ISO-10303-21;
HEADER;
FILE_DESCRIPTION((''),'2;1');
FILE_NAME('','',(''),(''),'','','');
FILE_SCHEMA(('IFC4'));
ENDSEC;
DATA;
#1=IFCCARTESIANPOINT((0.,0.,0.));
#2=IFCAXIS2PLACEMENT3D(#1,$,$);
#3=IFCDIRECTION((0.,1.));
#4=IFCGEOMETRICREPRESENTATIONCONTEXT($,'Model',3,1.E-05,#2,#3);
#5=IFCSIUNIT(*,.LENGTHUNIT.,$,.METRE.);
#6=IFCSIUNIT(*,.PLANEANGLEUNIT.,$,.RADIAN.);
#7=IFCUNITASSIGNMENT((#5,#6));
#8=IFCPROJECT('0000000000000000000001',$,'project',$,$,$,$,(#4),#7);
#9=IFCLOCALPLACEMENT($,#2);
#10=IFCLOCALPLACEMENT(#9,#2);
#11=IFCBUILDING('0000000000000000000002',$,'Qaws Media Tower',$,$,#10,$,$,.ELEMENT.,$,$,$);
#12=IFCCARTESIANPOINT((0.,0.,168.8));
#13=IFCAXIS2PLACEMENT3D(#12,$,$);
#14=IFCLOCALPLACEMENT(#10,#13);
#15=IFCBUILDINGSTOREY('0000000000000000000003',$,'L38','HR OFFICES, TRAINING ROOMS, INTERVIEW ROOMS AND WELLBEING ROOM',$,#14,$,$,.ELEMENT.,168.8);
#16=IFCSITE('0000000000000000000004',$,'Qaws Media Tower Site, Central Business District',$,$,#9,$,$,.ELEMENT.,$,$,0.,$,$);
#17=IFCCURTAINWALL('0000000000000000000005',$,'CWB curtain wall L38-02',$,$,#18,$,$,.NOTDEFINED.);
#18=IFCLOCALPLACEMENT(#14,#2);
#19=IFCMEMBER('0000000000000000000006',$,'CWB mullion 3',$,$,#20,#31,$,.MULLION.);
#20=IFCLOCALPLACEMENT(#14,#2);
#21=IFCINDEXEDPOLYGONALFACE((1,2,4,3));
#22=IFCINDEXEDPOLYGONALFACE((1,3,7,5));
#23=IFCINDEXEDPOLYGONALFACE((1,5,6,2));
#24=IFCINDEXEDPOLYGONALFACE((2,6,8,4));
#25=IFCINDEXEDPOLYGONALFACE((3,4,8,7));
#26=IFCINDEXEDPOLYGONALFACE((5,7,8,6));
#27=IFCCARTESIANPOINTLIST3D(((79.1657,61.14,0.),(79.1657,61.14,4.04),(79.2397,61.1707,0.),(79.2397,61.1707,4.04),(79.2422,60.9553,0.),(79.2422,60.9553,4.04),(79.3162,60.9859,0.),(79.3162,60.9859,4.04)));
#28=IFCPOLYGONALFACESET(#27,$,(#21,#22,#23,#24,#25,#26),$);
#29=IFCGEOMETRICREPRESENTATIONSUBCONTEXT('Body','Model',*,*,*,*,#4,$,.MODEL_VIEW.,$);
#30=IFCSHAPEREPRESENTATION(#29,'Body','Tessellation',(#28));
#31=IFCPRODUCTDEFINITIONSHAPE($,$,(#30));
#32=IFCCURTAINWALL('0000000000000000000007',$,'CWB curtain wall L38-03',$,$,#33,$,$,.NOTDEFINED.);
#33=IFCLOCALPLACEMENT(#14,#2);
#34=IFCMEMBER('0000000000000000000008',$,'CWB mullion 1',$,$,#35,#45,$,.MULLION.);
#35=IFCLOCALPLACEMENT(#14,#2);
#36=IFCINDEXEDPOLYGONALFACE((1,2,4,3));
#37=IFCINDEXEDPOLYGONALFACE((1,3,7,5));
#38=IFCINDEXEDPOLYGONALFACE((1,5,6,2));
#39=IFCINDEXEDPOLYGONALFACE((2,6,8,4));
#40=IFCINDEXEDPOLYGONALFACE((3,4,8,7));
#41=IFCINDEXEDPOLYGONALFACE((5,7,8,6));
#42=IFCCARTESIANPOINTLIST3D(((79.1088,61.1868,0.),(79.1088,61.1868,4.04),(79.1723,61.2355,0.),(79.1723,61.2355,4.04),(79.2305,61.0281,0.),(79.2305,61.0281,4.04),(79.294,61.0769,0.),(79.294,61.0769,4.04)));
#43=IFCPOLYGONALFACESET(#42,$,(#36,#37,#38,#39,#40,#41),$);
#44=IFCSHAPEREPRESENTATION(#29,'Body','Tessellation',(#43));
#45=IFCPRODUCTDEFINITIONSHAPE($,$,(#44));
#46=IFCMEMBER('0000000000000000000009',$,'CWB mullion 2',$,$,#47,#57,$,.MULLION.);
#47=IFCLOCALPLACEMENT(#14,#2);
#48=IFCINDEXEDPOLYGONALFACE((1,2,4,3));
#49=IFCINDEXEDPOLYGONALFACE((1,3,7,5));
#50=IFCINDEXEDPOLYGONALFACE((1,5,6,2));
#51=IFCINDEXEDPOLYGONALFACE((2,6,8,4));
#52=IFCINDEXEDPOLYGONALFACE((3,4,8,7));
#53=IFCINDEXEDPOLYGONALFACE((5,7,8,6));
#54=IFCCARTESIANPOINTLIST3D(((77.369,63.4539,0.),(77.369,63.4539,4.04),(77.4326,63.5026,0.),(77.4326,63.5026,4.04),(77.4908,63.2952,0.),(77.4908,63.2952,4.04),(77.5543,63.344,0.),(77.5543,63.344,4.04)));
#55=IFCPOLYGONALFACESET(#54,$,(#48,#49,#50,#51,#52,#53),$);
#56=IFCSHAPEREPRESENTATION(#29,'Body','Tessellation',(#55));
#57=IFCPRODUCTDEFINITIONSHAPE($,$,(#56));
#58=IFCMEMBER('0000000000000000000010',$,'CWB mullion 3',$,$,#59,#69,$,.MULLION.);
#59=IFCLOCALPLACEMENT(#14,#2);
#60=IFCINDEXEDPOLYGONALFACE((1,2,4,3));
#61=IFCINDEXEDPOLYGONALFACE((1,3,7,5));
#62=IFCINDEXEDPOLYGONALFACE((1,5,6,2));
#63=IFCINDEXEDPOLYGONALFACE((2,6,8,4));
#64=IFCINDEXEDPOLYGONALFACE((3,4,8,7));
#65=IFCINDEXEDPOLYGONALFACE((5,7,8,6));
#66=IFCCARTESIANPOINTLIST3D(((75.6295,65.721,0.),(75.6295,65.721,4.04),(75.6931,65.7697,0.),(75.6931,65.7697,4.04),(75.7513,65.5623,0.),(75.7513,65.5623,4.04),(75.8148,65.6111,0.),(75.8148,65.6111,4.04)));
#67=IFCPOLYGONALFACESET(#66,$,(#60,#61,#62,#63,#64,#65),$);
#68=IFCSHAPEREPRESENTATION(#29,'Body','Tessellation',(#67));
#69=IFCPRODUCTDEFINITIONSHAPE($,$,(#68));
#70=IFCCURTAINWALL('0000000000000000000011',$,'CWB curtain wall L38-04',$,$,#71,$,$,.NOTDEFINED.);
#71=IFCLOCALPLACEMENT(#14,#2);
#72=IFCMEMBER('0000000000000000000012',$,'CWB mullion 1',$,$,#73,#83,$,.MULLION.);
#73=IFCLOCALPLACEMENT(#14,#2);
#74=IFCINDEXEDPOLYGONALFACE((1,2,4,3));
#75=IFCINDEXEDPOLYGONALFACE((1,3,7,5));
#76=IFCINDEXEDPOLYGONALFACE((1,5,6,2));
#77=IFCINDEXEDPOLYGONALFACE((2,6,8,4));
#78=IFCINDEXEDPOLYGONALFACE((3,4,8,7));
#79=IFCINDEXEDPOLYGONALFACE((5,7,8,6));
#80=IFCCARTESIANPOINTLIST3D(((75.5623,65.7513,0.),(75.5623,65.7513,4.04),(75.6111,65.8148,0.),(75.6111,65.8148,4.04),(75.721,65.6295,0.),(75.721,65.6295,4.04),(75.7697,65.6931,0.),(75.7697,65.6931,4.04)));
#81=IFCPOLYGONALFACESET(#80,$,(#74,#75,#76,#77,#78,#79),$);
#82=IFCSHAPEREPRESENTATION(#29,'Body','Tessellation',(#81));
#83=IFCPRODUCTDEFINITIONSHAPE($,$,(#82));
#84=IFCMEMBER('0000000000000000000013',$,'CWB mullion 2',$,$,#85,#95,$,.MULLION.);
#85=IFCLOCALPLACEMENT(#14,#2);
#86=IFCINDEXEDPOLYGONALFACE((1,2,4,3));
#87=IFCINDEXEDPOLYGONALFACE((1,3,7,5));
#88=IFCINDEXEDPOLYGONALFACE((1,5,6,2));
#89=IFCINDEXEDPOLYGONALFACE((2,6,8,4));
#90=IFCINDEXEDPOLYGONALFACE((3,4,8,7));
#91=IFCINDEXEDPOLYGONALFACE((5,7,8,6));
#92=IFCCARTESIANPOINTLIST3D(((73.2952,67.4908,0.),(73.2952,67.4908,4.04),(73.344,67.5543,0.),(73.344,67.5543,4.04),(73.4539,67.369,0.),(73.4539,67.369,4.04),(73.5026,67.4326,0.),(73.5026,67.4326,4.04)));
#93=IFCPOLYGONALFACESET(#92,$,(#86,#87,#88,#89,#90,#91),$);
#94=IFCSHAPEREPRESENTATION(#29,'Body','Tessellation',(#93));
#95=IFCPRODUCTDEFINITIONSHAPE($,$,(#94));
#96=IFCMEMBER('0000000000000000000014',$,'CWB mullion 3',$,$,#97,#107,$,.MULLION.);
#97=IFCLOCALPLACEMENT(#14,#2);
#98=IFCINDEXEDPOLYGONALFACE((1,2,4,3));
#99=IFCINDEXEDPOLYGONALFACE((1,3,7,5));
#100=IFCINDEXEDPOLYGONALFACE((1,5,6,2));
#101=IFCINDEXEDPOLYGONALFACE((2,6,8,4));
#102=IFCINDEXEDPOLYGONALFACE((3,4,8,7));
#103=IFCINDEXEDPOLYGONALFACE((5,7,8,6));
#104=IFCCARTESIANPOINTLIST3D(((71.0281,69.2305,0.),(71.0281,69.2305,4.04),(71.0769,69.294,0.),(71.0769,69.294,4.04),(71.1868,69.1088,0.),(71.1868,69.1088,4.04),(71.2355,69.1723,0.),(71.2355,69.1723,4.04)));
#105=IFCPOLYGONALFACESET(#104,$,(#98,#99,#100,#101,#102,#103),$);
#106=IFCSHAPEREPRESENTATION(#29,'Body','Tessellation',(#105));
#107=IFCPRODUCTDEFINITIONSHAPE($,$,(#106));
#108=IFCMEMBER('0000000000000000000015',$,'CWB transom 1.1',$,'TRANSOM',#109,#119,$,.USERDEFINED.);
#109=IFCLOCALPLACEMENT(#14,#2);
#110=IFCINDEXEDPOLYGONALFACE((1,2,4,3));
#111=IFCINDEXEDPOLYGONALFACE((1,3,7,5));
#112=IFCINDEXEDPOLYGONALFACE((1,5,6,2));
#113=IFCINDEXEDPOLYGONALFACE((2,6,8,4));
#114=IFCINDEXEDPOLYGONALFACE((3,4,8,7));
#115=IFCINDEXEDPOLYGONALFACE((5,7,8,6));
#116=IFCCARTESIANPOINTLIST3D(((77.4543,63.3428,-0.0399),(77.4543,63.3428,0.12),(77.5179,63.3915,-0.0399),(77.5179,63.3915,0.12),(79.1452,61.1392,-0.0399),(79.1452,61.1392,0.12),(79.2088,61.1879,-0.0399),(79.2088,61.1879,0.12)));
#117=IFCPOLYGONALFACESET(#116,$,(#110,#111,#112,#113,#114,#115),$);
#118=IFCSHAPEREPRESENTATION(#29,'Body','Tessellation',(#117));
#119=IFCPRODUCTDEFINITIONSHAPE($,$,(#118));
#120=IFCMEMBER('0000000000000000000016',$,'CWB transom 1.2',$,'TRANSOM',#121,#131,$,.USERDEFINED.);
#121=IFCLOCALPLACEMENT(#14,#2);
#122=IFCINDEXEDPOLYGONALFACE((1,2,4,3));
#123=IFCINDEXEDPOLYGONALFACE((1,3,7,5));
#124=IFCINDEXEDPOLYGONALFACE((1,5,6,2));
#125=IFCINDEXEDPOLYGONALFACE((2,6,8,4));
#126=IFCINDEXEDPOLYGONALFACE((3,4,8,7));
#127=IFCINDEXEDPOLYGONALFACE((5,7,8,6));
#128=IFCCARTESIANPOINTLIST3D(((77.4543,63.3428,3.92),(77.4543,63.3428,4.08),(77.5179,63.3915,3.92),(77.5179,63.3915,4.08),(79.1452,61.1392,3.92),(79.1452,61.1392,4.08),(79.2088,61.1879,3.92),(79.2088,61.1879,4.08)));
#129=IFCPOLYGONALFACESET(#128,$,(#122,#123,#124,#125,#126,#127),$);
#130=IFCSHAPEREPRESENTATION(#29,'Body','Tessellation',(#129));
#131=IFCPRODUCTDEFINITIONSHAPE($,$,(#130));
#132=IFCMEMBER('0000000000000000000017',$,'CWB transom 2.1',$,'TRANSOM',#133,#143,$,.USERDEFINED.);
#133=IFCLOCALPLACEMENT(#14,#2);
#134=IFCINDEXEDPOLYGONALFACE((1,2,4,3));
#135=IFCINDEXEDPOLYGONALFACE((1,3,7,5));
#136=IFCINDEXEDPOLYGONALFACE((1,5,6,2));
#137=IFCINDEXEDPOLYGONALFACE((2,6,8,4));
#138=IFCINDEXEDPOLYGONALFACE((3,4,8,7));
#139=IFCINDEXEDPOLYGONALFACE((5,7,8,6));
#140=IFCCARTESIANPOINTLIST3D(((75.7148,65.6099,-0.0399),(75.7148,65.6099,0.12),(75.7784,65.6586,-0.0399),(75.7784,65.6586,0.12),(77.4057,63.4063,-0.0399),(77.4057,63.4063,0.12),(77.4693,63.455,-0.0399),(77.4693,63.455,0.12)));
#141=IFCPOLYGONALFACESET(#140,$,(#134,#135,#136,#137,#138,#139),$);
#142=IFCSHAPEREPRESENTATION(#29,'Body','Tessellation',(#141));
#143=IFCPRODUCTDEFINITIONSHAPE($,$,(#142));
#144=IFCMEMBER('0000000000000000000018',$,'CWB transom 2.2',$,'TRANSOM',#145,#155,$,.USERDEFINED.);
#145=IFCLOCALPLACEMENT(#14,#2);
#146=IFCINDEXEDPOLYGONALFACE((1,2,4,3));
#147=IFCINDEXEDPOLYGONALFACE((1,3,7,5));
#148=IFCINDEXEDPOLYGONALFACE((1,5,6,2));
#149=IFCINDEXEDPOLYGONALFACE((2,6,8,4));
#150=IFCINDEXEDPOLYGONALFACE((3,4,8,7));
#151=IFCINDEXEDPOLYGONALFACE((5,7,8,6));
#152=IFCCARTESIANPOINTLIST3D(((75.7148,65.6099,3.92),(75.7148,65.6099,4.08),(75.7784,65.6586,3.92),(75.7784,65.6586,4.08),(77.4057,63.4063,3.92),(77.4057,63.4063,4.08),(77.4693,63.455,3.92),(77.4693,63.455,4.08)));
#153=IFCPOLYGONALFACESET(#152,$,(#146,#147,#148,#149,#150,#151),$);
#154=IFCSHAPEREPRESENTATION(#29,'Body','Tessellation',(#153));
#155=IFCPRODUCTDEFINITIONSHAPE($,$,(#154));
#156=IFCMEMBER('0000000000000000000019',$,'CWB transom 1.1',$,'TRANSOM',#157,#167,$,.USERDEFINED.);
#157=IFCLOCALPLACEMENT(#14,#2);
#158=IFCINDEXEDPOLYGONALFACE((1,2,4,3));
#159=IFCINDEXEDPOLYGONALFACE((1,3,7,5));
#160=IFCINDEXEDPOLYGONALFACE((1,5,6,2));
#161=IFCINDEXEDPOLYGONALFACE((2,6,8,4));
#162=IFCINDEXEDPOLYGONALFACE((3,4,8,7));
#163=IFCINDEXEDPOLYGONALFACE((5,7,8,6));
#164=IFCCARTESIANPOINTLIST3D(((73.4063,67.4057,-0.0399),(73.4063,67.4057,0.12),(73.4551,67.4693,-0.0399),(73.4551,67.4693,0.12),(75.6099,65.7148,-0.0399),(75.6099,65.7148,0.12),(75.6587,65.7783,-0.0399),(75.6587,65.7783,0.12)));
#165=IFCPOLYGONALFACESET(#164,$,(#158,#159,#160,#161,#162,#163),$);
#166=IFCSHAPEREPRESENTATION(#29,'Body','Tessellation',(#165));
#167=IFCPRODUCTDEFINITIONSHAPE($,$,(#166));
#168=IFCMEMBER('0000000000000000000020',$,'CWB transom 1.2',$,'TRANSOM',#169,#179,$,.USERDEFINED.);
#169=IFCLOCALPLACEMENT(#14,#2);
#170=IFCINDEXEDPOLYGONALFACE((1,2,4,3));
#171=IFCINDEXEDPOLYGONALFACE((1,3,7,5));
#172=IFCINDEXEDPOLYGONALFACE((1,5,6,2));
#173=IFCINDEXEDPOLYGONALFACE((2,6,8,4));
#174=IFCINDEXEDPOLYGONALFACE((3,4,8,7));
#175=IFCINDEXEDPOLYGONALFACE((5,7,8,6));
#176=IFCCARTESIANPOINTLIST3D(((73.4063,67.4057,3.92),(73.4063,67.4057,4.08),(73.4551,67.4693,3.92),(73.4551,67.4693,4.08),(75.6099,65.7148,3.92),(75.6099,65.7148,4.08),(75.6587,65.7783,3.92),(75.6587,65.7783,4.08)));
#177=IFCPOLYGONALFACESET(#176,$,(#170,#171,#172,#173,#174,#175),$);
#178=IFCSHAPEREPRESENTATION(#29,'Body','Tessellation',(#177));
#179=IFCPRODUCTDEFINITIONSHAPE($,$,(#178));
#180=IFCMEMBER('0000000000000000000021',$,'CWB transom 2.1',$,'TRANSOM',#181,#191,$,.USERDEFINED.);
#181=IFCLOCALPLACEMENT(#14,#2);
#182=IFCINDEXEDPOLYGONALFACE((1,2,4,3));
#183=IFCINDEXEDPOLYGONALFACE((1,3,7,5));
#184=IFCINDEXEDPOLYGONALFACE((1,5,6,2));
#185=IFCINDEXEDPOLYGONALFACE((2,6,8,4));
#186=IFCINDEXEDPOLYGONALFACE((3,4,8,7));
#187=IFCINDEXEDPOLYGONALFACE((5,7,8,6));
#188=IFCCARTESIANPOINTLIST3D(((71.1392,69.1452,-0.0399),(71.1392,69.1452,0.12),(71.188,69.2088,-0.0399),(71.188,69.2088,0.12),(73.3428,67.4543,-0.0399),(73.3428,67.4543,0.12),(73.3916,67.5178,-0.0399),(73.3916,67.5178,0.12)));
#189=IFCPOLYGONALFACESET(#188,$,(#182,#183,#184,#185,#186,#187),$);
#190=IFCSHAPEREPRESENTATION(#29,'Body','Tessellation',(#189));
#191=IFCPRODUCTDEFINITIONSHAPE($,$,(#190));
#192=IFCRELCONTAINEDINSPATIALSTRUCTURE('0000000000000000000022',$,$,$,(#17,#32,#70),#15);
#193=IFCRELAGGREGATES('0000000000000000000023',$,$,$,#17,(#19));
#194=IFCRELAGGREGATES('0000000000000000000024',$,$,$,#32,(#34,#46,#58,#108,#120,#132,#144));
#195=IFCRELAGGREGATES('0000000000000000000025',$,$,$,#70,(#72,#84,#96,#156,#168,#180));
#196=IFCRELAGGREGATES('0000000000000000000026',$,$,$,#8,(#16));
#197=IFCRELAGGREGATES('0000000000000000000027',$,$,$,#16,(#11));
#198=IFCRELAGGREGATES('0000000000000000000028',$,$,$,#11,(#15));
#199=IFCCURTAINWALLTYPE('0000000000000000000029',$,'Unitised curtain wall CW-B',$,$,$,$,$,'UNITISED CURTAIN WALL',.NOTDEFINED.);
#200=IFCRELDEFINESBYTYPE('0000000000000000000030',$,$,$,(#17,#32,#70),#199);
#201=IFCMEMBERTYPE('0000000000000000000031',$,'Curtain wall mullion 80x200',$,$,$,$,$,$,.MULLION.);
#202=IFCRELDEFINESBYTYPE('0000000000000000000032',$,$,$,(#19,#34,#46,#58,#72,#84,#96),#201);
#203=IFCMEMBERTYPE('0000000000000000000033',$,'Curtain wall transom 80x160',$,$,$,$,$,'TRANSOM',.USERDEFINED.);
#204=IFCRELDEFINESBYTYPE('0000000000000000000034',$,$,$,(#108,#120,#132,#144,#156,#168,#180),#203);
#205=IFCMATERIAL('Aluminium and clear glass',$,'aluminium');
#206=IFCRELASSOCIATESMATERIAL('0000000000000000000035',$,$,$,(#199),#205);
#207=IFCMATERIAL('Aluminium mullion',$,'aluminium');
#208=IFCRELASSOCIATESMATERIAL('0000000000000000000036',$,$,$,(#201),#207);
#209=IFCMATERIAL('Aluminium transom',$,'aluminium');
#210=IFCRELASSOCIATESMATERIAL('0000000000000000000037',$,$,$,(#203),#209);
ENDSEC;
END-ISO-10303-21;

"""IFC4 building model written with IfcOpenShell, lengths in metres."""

from ifc_helpers import new_model, si_unit, direction, frame, origin, origin_2d, place, context, subcontext, project, spatial, rectangle, extrude, material, material_profile, profile_set, type_object, element, aggregate, save


model = new_model("IFC4")

# Units and contexts
model_context = context("Model", 3, precision=1e-05, world=origin(), true_north=direction((0.0, 1.0)))
body_context = subcontext(model_context, "Body", "Model", "MODEL_VIEW")
ifc_project = project(units=[si_unit("LENGTHUNIT", "METRE"), si_unit("PLANEANGLEUNIT", "RADIAN")], contexts=[model_context])

# Site, building, storey
site_placement = place(None, origin())
site = spatial("IfcSite", under=ifc_project, at=site_placement, Name="Qaws Media Tower Site, Central Business District", CompositionType="ELEMENT", RefElevation=0.0)
building_placement = place(site_placement, origin())
building = spatial("IfcBuilding", under=site, at=building_placement, Name="Qaws Media Tower", CompositionType="ELEMENT")
storey_placement = place(building_placement, frame((0.0, 0.0, 168.8)))
storey = spatial("IfcBuildingStorey", under=building, at=storey_placement, Name="L38", Description="HR OFFICES, TRAINING ROOMS, INTERVIEW ROOMS AND WELLBEING ROOM", CompositionType="ELEMENT", Elevation=168.8)

# Curtain wall, member
ifc_material_1 = material(Name="Aluminium and clear glass", Category="aluminium")
curtain_wall_type = type_object("IfcCurtainWallType", Name="Unitised curtain wall CW-B", ElementType="UNITISED CURTAIN WALL", PredefinedType="NOTDEFINED", material=ifc_material_1)
curtain_wall_1_placement = place(storey_placement, origin())
curtain_wall_1 = element("IfcCurtainWall", 1, at=curtain_wall_1_placement, inside=storey, type_object=curtain_wall_type, Name="CWB curtain wall L38-02", PredefinedType="NOTDEFINED")
ifc_material_2 = material(Name="Aluminium mullion", Category="aluminium")
ifc_material_profile_1 = material_profile(ifc_material_2, rectangle(XDim=0.0801, YDim=0.2, at=origin_2d()), Name="80x200")
ifc_profile_set_1 = profile_set([ifc_material_profile_1], Name="Aluminium mullion")
member_type_1 = type_object("IfcMemberType", Name="Curtain wall mullion 80x200", PredefinedType="MULLION", material=ifc_profile_set_1)
member_1_placement = place(storey_placement, frame((79.241, 61.063, 0.0), z_axis=(0.0, 0.0, 1.0), x_axis=(-0.92388, -0.382683, 0.0)))
member_1 = element("IfcMember", 2, at=member_1_placement, type_object=member_type_1, Name="CWB mullion 3", PredefinedType="MULLION", context=body_context, shape_type="SweptSolid", body=[
    extrude(rectangle(XDim=0.0801, YDim=0.2, at=origin_2d()), origin(), (0.0, 0.0, 1.0), 4.04),
])

# Curtain walls, members
curtain_wall_2_placement = place(storey_placement, origin())
curtain_wall_2 = element("IfcCurtainWall", 3, at=curtain_wall_2_placement, inside=storey, type_object=curtain_wall_type, Name="CWB curtain wall L38-03", PredefinedType="NOTDEFINED")
member_2_placement = place(storey_placement, frame((79.2014, 61.1318, 0.0), z_axis=(0.0, 0.0, 1.0), x_axis=(-0.793353, -0.608761, 0.0)))
member_2 = element("IfcMember", 4, at=member_2_placement, type_object=member_type_1, Name="CWB mullion 1", PredefinedType="MULLION", context=body_context, shape_type="SweptSolid", body=[
    extrude(rectangle(XDim=0.0801, YDim=0.2, at=origin_2d()), origin(), (0.0, 0.0, 1.0), 4.04),
])
member_3_placement = place(storey_placement, frame((77.4617, 63.3989, 0.0), z_axis=(0.0, 0.0, 1.0), x_axis=(-0.793353, -0.608761, 0.0)))
member_3 = element("IfcMember", 5, at=member_3_placement, type_object=member_type_1, Name="CWB mullion 2", PredefinedType="MULLION", context=body_context, shape_type="SweptSolid", body=[
    extrude(rectangle(XDim=0.0801, YDim=0.2, at=origin_2d()), origin(), (0.0, 0.0, 1.0), 4.04),
])
member_4_placement = place(storey_placement, frame((75.7222, 65.666, 0.0), z_axis=(0.0, 0.0, 1.0), x_axis=(-0.793353, -0.608761, 0.0)))
member_4 = element("IfcMember", 6, at=member_4_placement, type_object=member_type_1, Name="CWB mullion 3", PredefinedType="MULLION", context=body_context, shape_type="SweptSolid", body=[
    extrude(rectangle(XDim=0.0801, YDim=0.2, at=origin_2d()), origin(), (0.0, 0.0, 1.0), 4.04),
])
curtain_wall_3_placement = place(storey_placement, origin())
curtain_wall_3 = element("IfcCurtainWall", 7, at=curtain_wall_3_placement, inside=storey, type_object=curtain_wall_type, Name="CWB curtain wall L38-04", PredefinedType="NOTDEFINED")
member_5_placement = place(storey_placement, frame((75.666, 65.7222, 0.0), z_axis=(0.0, 0.0, 1.0), x_axis=(-0.608761, -0.793353, 0.0)))
member_5 = element("IfcMember", 8, at=member_5_placement, type_object=member_type_1, Name="CWB mullion 1", PredefinedType="MULLION", context=body_context, shape_type="SweptSolid", body=[
    extrude(rectangle(XDim=0.0801, YDim=0.2, at=origin_2d()), origin(), (0.0, 0.0, 1.0), 4.04),
])
member_6_placement = place(storey_placement, frame((73.3989, 67.4617, 0.0), z_axis=(0.0, 0.0, 1.0), x_axis=(-0.608761, -0.793353, 0.0)))
member_6 = element("IfcMember", 9, at=member_6_placement, type_object=member_type_1, Name="CWB mullion 2", PredefinedType="MULLION", context=body_context, shape_type="SweptSolid", body=[
    extrude(rectangle(XDim=0.0801, YDim=0.2, at=origin_2d()), origin(), (0.0, 0.0, 1.0), 4.04),
])
member_7_placement = place(storey_placement, frame((71.1318, 69.2014, 0.0), z_axis=(0.0, 0.0, 1.0), x_axis=(-0.608761, -0.793353, 0.0)))
member_7 = element("IfcMember", 10, at=member_7_placement, type_object=member_type_1, Name="CWB mullion 3", PredefinedType="MULLION", context=body_context, shape_type="SweptSolid", body=[
    extrude(rectangle(XDim=0.0801, YDim=0.2, at=origin_2d()), origin(), (0.0, 0.0, 1.0), 4.04),
])

# Members
ifc_material_3 = material(Name="Aluminium transom", Category="aluminium")
ifc_material_profile_2 = material_profile(ifc_material_3, rectangle(XDim=0.0801, YDim=0.1599, at=origin_2d()), Name="80x160")
ifc_profile_set_2 = profile_set([ifc_material_profile_2], Name="Aluminium transom")
member_type_2 = type_object("IfcMemberType", Name="Curtain wall transom 80x160", ElementType="TRANSOM", PredefinedType="USERDEFINED", material=ifc_profile_set_2)
member_8_placement = place(storey_placement, frame((79.177, 61.1636, 0.04), z_axis=(-0.608767, 0.793349, 0.0), x_axis=(-0.793349, -0.608767, 0.0)))
member_8 = element("IfcMember", 11, at=member_8_placement, type_object=member_type_2, Name="CWB transom 1.1", ObjectType="TRANSOM", PredefinedType="USERDEFINED", context=body_context, shape_type="SweptSolid", body=[
    extrude(rectangle(XDim=0.0801, YDim=0.1599, at=origin_2d()), origin(), (0.0, 0.0, 1.0), 2.7776),
])
member_9_placement = place(storey_placement, frame((79.177, 61.1636, 4.0), z_axis=(-0.608767, 0.793349, 0.0), x_axis=(-0.793349, -0.608767, 0.0)))
member_9 = element("IfcMember", 12, at=member_9_placement, type_object=member_type_2, Name="CWB transom 1.2", ObjectType="TRANSOM", PredefinedType="USERDEFINED", context=body_context, shape_type="SweptSolid", body=[
    extrude(rectangle(XDim=0.0801, YDim=0.1599, at=origin_2d()), origin(), (0.0, 0.0, 1.0), 2.7776),
])
member_10_placement = place(storey_placement, frame((77.4375, 63.4307, 0.04), z_axis=(-0.608767, 0.793349, 0.0), x_axis=(-0.793349, -0.608767, 0.0)))
member_10 = element("IfcMember", 13, at=member_10_placement, type_object=member_type_2, Name="CWB transom 2.1", ObjectType="TRANSOM", PredefinedType="USERDEFINED", context=body_context, shape_type="SweptSolid", body=[
    extrude(rectangle(XDim=0.0801, YDim=0.1599, at=origin_2d()), origin(), (0.0, 0.0, 1.0), 2.7776),
])
member_11_placement = place(storey_placement, frame((77.4375, 63.4307, 4.0), z_axis=(-0.608767, 0.793349, 0.0), x_axis=(-0.793349, -0.608767, 0.0)))
member_11 = element("IfcMember", 14, at=member_11_placement, type_object=member_type_2, Name="CWB transom 2.2", ObjectType="TRANSOM", PredefinedType="USERDEFINED", context=body_context, shape_type="SweptSolid", body=[
    extrude(rectangle(XDim=0.0801, YDim=0.1599, at=origin_2d()), origin(), (0.0, 0.0, 1.0), 2.7776),
])
member_12_placement = place(storey_placement, frame((75.6343, 65.7466, 0.04), z_axis=(-0.793349, 0.608767, 0.0), x_axis=(-0.608767, -0.793349, 0.0)))
member_12 = element("IfcMember", 15, at=member_12_placement, type_object=member_type_2, Name="CWB transom 1.1", ObjectType="TRANSOM", PredefinedType="USERDEFINED", context=body_context, shape_type="SweptSolid", body=[
    extrude(rectangle(XDim=0.0801, YDim=0.1599, at=origin_2d()), origin(), (0.0, 0.0, 1.0), 2.7776),
])
member_13_placement = place(storey_placement, frame((75.6343, 65.7466, 4.0), z_axis=(-0.793349, 0.608767, 0.0), x_axis=(-0.608767, -0.793349, 0.0)))
member_13 = element("IfcMember", 16, at=member_13_placement, type_object=member_type_2, Name="CWB transom 1.2", ObjectType="TRANSOM", PredefinedType="USERDEFINED", context=body_context, shape_type="SweptSolid", body=[
    extrude(rectangle(XDim=0.0801, YDim=0.1599, at=origin_2d()), origin(), (0.0, 0.0, 1.0), 2.7776),
])
member_14_placement = place(storey_placement, frame((73.3672, 67.4861, 0.04), z_axis=(-0.793349, 0.608767, 0.0), x_axis=(-0.608767, -0.793349, 0.0)))
member_14 = element("IfcMember", 17, at=member_14_placement, type_object=member_type_2, Name="CWB transom 2.1", ObjectType="TRANSOM", PredefinedType="USERDEFINED", context=body_context, shape_type="SweptSolid", body=[
    extrude(rectangle(XDim=0.0801, YDim=0.1599, at=origin_2d()), origin(), (0.0, 0.0, 1.0), 2.7776),
])

aggregate(curtain_wall_1, [member_1])
aggregate(curtain_wall_2, [member_2, member_3, member_4, member_8, member_9, member_10, member_11])
aggregate(curtain_wall_3, [member_5, member_6, member_7, member_12, member_13, member_14])

save(model, "model.ifc")
